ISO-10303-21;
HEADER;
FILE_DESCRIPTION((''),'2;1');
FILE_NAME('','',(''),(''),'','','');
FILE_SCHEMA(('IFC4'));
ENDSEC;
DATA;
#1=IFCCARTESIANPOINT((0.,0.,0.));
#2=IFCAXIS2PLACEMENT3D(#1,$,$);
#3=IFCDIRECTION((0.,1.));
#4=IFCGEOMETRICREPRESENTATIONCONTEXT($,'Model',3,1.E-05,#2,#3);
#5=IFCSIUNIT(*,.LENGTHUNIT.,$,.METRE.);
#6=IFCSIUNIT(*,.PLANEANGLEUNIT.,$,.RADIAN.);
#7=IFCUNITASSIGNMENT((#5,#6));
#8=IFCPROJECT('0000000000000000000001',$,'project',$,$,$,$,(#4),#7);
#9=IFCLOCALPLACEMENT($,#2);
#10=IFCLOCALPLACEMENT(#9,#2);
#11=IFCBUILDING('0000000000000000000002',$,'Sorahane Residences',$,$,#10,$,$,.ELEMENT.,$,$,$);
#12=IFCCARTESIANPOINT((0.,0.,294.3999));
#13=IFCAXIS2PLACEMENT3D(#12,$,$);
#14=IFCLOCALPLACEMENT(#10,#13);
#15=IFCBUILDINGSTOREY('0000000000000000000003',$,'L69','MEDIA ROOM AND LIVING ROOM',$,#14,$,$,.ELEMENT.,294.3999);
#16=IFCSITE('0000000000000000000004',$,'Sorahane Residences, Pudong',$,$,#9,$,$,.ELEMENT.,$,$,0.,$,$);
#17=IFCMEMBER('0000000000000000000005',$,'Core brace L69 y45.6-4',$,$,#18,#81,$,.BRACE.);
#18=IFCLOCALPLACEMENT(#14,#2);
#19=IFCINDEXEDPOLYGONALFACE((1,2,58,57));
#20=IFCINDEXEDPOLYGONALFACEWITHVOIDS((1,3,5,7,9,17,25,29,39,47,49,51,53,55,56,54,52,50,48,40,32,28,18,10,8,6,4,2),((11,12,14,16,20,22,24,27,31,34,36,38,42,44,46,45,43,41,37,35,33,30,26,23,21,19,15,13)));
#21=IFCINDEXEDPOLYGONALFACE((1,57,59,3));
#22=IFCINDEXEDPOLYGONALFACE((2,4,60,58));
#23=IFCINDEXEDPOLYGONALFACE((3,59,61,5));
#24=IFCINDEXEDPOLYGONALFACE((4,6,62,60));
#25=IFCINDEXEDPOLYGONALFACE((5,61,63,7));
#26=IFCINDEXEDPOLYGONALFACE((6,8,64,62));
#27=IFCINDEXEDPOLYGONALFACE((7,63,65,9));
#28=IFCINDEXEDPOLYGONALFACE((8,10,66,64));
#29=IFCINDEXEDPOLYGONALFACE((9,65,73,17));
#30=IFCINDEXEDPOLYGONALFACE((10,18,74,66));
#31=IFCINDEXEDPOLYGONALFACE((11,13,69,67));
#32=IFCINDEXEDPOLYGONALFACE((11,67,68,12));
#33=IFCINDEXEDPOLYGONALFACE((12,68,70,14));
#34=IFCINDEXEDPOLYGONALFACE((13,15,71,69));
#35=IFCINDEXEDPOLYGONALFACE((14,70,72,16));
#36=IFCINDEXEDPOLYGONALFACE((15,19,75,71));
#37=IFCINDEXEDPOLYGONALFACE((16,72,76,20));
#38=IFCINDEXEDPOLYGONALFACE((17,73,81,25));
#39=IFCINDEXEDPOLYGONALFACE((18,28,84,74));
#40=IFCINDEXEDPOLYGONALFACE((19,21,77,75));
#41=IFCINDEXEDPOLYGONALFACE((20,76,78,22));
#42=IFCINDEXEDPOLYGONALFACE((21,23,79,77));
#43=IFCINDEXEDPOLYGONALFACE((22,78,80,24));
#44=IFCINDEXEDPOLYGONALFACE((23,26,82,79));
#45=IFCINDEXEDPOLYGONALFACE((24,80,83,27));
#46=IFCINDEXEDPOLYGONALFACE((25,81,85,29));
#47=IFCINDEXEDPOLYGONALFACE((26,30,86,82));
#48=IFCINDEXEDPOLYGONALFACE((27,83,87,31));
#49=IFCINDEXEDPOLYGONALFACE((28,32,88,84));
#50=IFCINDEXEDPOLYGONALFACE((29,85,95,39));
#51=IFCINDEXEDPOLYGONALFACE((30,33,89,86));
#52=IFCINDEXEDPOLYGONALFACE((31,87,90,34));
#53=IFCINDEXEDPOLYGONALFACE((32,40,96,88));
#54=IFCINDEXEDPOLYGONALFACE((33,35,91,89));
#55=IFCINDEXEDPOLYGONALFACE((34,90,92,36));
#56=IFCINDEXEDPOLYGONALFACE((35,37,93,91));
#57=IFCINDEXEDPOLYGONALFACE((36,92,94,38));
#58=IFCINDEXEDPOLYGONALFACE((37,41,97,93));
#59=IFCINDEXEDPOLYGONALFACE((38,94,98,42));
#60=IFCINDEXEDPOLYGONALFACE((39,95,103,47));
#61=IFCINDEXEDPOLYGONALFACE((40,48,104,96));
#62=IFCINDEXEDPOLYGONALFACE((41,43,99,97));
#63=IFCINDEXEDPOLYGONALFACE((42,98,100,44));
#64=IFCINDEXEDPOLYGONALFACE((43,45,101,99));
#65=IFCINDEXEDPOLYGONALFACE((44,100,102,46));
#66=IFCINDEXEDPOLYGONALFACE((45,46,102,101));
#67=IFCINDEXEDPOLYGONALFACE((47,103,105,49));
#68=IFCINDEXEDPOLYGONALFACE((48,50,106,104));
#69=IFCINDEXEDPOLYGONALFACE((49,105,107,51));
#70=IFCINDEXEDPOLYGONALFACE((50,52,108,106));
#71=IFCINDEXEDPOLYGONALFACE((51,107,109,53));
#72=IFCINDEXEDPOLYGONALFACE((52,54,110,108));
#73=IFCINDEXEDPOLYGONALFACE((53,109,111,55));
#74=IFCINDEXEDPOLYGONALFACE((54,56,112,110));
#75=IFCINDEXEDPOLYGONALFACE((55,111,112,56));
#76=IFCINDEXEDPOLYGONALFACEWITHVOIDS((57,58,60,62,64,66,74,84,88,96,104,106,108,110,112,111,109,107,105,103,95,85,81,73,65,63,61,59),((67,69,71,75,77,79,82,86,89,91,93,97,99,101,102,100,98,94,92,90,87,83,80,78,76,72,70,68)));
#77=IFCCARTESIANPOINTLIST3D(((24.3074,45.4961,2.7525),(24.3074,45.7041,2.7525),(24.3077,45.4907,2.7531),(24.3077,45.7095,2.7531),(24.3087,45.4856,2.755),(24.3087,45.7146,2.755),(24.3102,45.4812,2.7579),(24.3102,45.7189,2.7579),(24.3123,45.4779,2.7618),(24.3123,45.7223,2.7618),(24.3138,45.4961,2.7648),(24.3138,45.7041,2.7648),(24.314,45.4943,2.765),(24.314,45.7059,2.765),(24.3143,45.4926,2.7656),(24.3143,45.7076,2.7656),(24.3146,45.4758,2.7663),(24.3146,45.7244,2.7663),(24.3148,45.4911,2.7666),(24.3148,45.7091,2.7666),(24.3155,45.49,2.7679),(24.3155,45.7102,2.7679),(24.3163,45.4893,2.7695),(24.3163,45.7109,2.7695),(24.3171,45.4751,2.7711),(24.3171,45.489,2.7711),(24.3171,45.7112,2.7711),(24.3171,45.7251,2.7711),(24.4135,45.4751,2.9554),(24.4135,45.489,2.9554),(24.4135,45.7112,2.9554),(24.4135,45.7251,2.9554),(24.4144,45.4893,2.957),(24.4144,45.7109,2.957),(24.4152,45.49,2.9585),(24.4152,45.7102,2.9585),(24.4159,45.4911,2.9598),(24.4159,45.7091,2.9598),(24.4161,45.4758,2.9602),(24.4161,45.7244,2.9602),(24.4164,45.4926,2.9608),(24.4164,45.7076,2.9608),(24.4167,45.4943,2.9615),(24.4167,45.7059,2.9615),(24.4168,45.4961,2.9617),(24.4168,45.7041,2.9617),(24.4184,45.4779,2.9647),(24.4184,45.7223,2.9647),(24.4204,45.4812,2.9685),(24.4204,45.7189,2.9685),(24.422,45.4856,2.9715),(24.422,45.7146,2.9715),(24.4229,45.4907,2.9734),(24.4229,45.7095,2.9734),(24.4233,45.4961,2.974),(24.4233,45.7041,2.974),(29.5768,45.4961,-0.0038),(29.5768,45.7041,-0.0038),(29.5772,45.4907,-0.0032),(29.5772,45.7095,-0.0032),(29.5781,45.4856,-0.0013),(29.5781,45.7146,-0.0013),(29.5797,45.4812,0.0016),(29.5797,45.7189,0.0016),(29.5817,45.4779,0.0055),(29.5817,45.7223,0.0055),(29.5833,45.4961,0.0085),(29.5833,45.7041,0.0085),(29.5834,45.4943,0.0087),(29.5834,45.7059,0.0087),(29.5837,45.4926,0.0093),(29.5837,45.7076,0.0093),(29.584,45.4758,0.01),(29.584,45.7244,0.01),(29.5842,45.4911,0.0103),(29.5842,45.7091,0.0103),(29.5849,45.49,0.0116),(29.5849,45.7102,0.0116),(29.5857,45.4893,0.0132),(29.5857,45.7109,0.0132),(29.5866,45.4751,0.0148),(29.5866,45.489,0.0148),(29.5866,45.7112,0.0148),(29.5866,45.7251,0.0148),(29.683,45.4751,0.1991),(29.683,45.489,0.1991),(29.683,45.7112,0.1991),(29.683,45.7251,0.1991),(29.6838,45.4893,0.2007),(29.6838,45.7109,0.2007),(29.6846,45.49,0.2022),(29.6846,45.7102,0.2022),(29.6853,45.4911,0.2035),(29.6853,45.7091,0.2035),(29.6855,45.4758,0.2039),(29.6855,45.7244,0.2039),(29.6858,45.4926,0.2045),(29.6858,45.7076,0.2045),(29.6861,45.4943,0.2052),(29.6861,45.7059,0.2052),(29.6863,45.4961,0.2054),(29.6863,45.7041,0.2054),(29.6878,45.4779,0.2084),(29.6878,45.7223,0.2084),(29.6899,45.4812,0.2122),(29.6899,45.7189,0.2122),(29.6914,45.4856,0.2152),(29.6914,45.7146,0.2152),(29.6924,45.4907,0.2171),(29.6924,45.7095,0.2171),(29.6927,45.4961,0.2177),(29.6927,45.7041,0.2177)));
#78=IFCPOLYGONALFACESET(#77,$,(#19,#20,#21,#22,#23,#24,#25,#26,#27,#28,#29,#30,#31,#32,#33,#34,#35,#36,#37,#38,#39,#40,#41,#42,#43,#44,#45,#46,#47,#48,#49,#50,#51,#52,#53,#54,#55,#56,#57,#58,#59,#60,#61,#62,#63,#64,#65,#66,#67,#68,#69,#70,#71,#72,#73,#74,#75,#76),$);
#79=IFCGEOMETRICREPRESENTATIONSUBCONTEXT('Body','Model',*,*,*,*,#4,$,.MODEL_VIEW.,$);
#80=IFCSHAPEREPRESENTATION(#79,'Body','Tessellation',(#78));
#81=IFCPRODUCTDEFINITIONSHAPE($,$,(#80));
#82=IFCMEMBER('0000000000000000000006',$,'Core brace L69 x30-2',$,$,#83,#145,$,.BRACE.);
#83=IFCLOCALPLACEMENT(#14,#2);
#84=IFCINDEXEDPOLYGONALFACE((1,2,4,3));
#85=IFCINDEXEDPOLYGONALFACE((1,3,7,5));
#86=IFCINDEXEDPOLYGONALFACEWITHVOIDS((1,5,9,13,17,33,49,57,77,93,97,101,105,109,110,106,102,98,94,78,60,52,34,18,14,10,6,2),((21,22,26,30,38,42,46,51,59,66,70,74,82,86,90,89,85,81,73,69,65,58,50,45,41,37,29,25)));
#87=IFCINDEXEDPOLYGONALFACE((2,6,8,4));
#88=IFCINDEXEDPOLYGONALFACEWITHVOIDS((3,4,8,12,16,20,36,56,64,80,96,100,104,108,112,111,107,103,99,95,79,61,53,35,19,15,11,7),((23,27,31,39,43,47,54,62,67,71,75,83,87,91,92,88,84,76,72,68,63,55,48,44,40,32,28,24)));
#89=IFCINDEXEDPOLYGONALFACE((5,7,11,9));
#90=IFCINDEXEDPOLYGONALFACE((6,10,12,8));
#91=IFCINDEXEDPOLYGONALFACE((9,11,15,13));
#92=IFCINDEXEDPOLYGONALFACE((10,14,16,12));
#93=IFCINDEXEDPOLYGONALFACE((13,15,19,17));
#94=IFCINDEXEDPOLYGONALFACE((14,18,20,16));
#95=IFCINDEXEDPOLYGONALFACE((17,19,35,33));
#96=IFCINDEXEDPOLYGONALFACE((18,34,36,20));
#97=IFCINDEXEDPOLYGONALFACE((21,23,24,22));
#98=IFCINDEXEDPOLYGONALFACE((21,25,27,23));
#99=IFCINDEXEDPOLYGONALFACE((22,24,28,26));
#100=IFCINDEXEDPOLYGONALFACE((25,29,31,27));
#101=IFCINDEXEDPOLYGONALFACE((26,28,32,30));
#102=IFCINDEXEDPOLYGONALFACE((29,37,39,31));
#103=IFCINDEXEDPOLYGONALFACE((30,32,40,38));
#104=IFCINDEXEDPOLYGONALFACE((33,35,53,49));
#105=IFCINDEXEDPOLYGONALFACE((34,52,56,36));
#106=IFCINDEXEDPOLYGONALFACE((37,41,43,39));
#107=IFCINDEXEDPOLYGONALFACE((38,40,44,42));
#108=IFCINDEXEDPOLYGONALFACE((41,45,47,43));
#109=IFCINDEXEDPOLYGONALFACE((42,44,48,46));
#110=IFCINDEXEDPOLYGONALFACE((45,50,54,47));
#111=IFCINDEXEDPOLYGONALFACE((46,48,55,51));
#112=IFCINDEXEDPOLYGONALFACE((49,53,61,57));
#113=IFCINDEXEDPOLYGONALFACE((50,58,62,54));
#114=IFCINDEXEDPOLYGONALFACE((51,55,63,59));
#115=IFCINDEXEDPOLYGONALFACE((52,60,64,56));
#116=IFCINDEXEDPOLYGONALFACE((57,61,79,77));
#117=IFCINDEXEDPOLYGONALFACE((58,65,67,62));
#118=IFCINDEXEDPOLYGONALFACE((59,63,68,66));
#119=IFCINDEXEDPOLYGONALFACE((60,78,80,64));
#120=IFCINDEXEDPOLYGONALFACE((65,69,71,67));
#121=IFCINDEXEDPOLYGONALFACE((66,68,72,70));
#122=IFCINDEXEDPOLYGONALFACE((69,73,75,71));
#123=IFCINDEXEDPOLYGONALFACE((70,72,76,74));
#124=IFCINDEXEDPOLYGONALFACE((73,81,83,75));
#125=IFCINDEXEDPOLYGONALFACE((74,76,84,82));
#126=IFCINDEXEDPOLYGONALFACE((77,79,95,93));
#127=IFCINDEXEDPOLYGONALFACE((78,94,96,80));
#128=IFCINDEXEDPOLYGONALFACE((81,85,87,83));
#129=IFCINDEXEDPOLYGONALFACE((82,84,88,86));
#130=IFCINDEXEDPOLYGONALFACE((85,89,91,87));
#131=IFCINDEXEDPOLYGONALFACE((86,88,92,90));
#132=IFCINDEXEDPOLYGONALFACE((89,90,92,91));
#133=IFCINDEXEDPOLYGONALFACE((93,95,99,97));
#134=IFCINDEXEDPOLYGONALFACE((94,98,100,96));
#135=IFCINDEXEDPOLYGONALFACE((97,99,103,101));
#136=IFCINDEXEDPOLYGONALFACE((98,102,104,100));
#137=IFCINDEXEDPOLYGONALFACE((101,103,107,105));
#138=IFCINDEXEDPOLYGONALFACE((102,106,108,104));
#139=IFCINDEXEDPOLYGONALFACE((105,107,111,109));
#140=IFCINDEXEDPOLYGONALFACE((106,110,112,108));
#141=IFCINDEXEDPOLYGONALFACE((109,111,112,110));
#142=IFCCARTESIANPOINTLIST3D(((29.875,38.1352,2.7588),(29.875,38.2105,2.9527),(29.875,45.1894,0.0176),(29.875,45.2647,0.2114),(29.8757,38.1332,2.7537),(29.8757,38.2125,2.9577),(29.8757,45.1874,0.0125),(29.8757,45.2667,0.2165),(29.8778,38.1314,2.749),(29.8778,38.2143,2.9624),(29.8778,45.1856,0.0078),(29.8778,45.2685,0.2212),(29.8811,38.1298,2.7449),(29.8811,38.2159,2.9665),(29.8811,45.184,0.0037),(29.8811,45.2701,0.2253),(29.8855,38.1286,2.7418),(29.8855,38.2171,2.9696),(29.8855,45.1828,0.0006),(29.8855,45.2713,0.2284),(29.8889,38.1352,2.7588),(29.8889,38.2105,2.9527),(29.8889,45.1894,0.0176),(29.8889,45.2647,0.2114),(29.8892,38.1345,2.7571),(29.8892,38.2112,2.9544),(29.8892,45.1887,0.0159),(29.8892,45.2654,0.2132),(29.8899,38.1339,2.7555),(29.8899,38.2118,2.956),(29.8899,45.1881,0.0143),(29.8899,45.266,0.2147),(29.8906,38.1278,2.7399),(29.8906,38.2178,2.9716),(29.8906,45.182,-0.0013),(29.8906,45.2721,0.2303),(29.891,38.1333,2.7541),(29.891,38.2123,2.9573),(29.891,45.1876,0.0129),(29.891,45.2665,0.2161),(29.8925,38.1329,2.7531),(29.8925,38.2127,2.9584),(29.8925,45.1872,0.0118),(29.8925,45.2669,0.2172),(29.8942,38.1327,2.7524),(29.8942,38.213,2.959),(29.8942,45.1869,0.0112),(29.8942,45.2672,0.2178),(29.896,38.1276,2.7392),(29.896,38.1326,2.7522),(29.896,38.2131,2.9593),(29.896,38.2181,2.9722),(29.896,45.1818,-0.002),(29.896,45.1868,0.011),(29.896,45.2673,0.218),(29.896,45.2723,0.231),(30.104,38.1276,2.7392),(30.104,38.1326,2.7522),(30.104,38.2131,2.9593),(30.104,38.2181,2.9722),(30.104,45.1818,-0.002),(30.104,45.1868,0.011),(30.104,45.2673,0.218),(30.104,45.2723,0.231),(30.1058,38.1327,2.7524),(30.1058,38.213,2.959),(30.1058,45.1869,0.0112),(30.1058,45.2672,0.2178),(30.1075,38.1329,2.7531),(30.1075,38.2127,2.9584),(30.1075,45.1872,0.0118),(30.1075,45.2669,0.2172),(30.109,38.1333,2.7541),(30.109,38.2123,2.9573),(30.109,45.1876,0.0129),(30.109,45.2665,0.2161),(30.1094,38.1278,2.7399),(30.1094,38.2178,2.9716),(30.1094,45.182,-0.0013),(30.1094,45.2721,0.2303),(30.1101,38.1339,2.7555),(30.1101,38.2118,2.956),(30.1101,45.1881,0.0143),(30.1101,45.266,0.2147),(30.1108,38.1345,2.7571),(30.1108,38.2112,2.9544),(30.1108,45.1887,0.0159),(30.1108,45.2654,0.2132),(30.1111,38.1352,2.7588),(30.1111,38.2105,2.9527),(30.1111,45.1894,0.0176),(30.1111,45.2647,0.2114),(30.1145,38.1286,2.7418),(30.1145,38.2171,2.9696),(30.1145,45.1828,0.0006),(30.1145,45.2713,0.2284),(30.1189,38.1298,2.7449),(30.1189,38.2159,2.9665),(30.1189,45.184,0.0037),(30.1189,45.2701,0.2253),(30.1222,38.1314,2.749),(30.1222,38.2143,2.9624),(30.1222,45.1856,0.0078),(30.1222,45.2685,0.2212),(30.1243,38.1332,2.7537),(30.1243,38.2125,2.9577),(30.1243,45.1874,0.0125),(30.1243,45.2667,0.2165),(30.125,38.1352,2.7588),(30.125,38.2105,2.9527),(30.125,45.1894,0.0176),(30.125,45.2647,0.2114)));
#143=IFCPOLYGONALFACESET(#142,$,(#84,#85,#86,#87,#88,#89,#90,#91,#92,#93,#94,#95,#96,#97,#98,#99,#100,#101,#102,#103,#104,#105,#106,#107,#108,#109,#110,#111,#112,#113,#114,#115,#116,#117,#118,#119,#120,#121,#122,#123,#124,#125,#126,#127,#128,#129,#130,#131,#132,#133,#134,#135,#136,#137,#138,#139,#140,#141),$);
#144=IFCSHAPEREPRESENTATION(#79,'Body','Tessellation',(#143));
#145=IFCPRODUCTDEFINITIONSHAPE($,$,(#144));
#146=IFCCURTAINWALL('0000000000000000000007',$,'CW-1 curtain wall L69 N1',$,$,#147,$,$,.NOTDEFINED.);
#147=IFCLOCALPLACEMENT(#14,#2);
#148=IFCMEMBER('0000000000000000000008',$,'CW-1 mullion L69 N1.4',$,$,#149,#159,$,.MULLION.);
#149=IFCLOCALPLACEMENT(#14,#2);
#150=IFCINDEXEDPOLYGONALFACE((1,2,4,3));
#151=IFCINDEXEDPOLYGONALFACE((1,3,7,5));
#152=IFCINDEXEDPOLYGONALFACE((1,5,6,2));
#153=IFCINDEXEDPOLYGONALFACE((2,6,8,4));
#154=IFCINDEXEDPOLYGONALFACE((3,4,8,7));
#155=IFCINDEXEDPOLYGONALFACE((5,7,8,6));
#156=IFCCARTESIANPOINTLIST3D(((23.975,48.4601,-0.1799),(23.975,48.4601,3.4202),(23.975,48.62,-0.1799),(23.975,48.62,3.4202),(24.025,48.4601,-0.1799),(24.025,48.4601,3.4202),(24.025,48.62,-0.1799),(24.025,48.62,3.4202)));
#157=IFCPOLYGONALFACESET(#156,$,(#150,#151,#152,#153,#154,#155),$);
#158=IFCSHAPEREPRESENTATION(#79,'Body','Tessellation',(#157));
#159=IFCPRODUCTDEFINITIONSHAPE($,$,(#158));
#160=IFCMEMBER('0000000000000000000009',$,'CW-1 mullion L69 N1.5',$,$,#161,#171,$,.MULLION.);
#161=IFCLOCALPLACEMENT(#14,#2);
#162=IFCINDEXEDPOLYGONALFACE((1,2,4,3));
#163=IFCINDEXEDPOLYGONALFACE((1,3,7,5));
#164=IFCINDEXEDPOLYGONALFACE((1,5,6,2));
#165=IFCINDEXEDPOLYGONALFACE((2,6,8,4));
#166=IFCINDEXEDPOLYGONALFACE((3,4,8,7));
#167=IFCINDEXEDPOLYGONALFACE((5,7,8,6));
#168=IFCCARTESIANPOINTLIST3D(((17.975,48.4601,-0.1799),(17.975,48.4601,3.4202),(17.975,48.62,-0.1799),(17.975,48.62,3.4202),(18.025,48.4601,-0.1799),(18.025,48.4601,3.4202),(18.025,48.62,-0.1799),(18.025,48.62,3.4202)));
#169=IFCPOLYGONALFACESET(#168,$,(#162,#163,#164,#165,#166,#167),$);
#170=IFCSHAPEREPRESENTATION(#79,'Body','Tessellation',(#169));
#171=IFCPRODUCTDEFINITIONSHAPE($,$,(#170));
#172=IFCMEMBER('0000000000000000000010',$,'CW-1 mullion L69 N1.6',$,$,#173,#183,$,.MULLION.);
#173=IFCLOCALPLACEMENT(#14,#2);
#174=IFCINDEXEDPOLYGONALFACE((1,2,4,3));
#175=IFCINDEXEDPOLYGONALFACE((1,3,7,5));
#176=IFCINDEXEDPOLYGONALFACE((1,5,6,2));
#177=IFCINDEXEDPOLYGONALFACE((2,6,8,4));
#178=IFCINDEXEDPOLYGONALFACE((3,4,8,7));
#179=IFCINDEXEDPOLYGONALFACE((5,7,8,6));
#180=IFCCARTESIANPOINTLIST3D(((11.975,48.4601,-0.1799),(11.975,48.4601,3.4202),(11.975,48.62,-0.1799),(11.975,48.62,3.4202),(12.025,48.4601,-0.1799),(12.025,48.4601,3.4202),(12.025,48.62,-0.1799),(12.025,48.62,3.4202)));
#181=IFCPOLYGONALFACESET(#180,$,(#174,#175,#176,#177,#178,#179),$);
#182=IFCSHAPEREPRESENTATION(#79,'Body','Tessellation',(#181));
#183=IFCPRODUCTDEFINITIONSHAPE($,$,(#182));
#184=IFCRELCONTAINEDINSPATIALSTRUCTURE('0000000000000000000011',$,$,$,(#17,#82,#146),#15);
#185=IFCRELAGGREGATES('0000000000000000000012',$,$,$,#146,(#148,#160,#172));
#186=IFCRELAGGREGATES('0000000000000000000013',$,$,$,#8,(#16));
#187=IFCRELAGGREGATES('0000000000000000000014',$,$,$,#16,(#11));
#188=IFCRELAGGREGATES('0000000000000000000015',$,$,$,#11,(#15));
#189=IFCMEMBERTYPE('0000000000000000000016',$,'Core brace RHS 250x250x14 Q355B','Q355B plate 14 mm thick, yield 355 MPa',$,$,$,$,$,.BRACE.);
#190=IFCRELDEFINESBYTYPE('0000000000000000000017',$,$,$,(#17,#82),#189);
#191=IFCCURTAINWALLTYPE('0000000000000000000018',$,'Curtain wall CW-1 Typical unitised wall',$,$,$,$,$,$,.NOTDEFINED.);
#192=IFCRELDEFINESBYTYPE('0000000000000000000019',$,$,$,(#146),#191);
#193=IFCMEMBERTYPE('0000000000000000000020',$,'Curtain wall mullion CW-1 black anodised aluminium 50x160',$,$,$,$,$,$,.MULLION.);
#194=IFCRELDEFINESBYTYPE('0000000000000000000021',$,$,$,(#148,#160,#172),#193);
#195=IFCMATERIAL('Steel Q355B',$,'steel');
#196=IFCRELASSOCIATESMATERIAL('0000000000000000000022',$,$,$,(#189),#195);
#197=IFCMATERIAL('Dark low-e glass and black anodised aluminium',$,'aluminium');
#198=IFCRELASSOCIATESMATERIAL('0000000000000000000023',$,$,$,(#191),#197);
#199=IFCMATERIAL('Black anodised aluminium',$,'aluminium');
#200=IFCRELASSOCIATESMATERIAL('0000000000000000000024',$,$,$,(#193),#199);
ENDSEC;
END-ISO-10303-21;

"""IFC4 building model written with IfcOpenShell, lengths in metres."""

from ifc_helpers import new_model, si_unit, direction, frame, origin, origin_2d, place, context, subcontext, project, spatial, rectangle, hollow_rectangle, extrude, material, material_profile, profile_set, type_object, element, aggregate, save


model = new_model("IFC4")

# Units and contexts
model_context = context("Model", 3, precision=1e-05, world=origin(), true_north=direction((0.0, 1.0)))
body_context = subcontext(model_context, "Body", "Model", "MODEL_VIEW")
ifc_project = project(units=[si_unit("LENGTHUNIT", "METRE"), si_unit("PLANEANGLEUNIT", "RADIAN")], contexts=[model_context])

# Site, building, storey
site_placement = place(None, origin())
site = spatial("IfcSite", under=ifc_project, at=site_placement, Name="Sorahane Residences, Pudong", CompositionType="ELEMENT", RefElevation=0.0)
building_placement = place(site_placement, origin())
building = spatial("IfcBuilding", under=site, at=building_placement, Name="Sorahane Residences", CompositionType="ELEMENT")
storey_placement = place(building_placement, frame((0.0, 0.0, 294.3999)))
storey = spatial("IfcBuildingStorey", under=building, at=storey_placement, Name="L69", Description="MEDIA ROOM AND LIVING ROOM", CompositionType="ELEMENT", Elevation=294.3999)

# Members
ifc_material_1 = material(Name="Steel Q355B", Category="steel")
ifc_material_profile_1 = material_profile(ifc_material_1, hollow_rectangle(XDim=0.25, YDim=0.25, WallThickness=0.0139, InnerFilletRadius=0.0071, OuterFilletRadius=0.021, at=origin_2d()), Name="RHS 250x250x14")
ifc_profile_set_1 = profile_set([ifc_material_profile_1], Name="Steel Q355B")
member_type_1 = type_object("IfcMemberType", Name="Core brace RHS 250x250x14 Q355B", Description="Q355B plate 14 mm thick, yield 355 MPa", PredefinedType="BRACE", material=ifc_profile_set_1)
for number, where, z_axis, x_axis, name in (
    (1, (29.6348, 45.6001, 0.1069), (-0.8861, 0.0, 0.463495), (0.0, -1.0, 0.0), "Core brace L69 y45.6-4"),
):
    element("IfcMember", number, at=place(storey_placement, frame(where, z_axis=z_axis, x_axis=x_axis)), inside=storey, type_object=member_type_1, Name=name, PredefinedType="BRACE", context=body_context, shape_type="SweptSolid", body=[
        extrude(hollow_rectangle(XDim=0.25, YDim=0.25, WallThickness=0.0139, InnerFilletRadius=0.0071, OuterFilletRadius=0.021, at=origin_2d()), origin(), (0.0, 0.0, 1.0), 5.9468),
    ])
member_1_placement = place(storey_placement, frame((30.0, 45.2271, 0.1145), z_axis=(0.0, -0.932098, 0.362207), x_axis=(1.0, 0.0, 0.0)))
element("IfcMember", 2, at=member_1_placement, inside=storey, type_object=member_type_1, Name="Core brace L69 x30-2", PredefinedType="BRACE", context=body_context, shape_type="SweptSolid", body=[
    extrude(hollow_rectangle(XDim=0.25, YDim=0.25, WallThickness=0.0139, InnerFilletRadius=0.0071, OuterFilletRadius=0.021, at=origin_2d()), origin(), (0.0, 0.0, 1.0), 7.5681),
])

# Curtain wall, members
ifc_material_2 = material(Name="Dark low-e glass and black anodised aluminium", Category="aluminium")
curtain_wall_type = type_object("IfcCurtainWallType", Name="Curtain wall CW-1 Typical unitised wall", PredefinedType="NOTDEFINED", material=ifc_material_2)
curtain_wall_placement = place(storey_placement, origin())
curtain_wall = element("IfcCurtainWall", 3, at=curtain_wall_placement, inside=storey, type_object=curtain_wall_type, Name="CW-1 curtain wall L69 N1", PredefinedType="NOTDEFINED")
ifc_material_3 = material(Name="Black anodised aluminium", Category="aluminium")
ifc_material_profile_2 = material_profile(ifc_material_3, rectangle(XDim=0.1599, YDim=0.05, at=origin_2d()), Name="Curtain wall mullion CW-1 black anodised aluminium 50x160")
ifc_profile_set_2 = profile_set([ifc_material_profile_2], Name="Black anodised aluminium")
member_type_2 = type_object("IfcMemberType", Name="Curtain wall mullion CW-1 black anodised aluminium 50x160", PredefinedType="MULLION", material=ifc_profile_set_2)
member_2_placement = place(storey_placement, frame((24.0, 48.54, -0.1799), z_axis=(0.0, 0.0, 1.0), x_axis=(0.0, 1.0, 0.0)))
member_2 = element("IfcMember", 4, at=member_2_placement, type_object=member_type_2, Name="CW-1 mullion L69 N1.4", PredefinedType="MULLION", context=body_context, shape_type="SweptSolid", body=[
    extrude(rectangle(XDim=0.1599, YDim=0.05, at=origin_2d()), origin(), (0.0, 0.0, 1.0), 3.6001),
])
member_3_placement = place(storey_placement, frame((18.0, 48.54, -0.1799), z_axis=(0.0, 0.0, 1.0), x_axis=(0.0, 1.0, 0.0)))
member_3 = element("IfcMember", 5, at=member_3_placement, type_object=member_type_2, Name="CW-1 mullion L69 N1.5", PredefinedType="MULLION", context=body_context, shape_type="SweptSolid", body=[
    extrude(rectangle(XDim=0.1599, YDim=0.05, at=origin_2d()), origin(), (0.0, 0.0, 1.0), 3.6001),
])
member_4_placement = place(storey_placement, frame((12.0, 48.54, -0.1799), z_axis=(0.0, 0.0, 1.0), x_axis=(0.0, 1.0, 0.0)))
member_4 = element("IfcMember", 6, at=member_4_placement, type_object=member_type_2, Name="CW-1 mullion L69 N1.6", PredefinedType="MULLION", context=body_context, shape_type="SweptSolid", body=[
    extrude(rectangle(XDim=0.1599, YDim=0.05, at=origin_2d()), origin(), (0.0, 0.0, 1.0), 3.6001),
])

aggregate(curtain_wall, [member_2, member_3, member_4])

save(model, "model.ifc")
